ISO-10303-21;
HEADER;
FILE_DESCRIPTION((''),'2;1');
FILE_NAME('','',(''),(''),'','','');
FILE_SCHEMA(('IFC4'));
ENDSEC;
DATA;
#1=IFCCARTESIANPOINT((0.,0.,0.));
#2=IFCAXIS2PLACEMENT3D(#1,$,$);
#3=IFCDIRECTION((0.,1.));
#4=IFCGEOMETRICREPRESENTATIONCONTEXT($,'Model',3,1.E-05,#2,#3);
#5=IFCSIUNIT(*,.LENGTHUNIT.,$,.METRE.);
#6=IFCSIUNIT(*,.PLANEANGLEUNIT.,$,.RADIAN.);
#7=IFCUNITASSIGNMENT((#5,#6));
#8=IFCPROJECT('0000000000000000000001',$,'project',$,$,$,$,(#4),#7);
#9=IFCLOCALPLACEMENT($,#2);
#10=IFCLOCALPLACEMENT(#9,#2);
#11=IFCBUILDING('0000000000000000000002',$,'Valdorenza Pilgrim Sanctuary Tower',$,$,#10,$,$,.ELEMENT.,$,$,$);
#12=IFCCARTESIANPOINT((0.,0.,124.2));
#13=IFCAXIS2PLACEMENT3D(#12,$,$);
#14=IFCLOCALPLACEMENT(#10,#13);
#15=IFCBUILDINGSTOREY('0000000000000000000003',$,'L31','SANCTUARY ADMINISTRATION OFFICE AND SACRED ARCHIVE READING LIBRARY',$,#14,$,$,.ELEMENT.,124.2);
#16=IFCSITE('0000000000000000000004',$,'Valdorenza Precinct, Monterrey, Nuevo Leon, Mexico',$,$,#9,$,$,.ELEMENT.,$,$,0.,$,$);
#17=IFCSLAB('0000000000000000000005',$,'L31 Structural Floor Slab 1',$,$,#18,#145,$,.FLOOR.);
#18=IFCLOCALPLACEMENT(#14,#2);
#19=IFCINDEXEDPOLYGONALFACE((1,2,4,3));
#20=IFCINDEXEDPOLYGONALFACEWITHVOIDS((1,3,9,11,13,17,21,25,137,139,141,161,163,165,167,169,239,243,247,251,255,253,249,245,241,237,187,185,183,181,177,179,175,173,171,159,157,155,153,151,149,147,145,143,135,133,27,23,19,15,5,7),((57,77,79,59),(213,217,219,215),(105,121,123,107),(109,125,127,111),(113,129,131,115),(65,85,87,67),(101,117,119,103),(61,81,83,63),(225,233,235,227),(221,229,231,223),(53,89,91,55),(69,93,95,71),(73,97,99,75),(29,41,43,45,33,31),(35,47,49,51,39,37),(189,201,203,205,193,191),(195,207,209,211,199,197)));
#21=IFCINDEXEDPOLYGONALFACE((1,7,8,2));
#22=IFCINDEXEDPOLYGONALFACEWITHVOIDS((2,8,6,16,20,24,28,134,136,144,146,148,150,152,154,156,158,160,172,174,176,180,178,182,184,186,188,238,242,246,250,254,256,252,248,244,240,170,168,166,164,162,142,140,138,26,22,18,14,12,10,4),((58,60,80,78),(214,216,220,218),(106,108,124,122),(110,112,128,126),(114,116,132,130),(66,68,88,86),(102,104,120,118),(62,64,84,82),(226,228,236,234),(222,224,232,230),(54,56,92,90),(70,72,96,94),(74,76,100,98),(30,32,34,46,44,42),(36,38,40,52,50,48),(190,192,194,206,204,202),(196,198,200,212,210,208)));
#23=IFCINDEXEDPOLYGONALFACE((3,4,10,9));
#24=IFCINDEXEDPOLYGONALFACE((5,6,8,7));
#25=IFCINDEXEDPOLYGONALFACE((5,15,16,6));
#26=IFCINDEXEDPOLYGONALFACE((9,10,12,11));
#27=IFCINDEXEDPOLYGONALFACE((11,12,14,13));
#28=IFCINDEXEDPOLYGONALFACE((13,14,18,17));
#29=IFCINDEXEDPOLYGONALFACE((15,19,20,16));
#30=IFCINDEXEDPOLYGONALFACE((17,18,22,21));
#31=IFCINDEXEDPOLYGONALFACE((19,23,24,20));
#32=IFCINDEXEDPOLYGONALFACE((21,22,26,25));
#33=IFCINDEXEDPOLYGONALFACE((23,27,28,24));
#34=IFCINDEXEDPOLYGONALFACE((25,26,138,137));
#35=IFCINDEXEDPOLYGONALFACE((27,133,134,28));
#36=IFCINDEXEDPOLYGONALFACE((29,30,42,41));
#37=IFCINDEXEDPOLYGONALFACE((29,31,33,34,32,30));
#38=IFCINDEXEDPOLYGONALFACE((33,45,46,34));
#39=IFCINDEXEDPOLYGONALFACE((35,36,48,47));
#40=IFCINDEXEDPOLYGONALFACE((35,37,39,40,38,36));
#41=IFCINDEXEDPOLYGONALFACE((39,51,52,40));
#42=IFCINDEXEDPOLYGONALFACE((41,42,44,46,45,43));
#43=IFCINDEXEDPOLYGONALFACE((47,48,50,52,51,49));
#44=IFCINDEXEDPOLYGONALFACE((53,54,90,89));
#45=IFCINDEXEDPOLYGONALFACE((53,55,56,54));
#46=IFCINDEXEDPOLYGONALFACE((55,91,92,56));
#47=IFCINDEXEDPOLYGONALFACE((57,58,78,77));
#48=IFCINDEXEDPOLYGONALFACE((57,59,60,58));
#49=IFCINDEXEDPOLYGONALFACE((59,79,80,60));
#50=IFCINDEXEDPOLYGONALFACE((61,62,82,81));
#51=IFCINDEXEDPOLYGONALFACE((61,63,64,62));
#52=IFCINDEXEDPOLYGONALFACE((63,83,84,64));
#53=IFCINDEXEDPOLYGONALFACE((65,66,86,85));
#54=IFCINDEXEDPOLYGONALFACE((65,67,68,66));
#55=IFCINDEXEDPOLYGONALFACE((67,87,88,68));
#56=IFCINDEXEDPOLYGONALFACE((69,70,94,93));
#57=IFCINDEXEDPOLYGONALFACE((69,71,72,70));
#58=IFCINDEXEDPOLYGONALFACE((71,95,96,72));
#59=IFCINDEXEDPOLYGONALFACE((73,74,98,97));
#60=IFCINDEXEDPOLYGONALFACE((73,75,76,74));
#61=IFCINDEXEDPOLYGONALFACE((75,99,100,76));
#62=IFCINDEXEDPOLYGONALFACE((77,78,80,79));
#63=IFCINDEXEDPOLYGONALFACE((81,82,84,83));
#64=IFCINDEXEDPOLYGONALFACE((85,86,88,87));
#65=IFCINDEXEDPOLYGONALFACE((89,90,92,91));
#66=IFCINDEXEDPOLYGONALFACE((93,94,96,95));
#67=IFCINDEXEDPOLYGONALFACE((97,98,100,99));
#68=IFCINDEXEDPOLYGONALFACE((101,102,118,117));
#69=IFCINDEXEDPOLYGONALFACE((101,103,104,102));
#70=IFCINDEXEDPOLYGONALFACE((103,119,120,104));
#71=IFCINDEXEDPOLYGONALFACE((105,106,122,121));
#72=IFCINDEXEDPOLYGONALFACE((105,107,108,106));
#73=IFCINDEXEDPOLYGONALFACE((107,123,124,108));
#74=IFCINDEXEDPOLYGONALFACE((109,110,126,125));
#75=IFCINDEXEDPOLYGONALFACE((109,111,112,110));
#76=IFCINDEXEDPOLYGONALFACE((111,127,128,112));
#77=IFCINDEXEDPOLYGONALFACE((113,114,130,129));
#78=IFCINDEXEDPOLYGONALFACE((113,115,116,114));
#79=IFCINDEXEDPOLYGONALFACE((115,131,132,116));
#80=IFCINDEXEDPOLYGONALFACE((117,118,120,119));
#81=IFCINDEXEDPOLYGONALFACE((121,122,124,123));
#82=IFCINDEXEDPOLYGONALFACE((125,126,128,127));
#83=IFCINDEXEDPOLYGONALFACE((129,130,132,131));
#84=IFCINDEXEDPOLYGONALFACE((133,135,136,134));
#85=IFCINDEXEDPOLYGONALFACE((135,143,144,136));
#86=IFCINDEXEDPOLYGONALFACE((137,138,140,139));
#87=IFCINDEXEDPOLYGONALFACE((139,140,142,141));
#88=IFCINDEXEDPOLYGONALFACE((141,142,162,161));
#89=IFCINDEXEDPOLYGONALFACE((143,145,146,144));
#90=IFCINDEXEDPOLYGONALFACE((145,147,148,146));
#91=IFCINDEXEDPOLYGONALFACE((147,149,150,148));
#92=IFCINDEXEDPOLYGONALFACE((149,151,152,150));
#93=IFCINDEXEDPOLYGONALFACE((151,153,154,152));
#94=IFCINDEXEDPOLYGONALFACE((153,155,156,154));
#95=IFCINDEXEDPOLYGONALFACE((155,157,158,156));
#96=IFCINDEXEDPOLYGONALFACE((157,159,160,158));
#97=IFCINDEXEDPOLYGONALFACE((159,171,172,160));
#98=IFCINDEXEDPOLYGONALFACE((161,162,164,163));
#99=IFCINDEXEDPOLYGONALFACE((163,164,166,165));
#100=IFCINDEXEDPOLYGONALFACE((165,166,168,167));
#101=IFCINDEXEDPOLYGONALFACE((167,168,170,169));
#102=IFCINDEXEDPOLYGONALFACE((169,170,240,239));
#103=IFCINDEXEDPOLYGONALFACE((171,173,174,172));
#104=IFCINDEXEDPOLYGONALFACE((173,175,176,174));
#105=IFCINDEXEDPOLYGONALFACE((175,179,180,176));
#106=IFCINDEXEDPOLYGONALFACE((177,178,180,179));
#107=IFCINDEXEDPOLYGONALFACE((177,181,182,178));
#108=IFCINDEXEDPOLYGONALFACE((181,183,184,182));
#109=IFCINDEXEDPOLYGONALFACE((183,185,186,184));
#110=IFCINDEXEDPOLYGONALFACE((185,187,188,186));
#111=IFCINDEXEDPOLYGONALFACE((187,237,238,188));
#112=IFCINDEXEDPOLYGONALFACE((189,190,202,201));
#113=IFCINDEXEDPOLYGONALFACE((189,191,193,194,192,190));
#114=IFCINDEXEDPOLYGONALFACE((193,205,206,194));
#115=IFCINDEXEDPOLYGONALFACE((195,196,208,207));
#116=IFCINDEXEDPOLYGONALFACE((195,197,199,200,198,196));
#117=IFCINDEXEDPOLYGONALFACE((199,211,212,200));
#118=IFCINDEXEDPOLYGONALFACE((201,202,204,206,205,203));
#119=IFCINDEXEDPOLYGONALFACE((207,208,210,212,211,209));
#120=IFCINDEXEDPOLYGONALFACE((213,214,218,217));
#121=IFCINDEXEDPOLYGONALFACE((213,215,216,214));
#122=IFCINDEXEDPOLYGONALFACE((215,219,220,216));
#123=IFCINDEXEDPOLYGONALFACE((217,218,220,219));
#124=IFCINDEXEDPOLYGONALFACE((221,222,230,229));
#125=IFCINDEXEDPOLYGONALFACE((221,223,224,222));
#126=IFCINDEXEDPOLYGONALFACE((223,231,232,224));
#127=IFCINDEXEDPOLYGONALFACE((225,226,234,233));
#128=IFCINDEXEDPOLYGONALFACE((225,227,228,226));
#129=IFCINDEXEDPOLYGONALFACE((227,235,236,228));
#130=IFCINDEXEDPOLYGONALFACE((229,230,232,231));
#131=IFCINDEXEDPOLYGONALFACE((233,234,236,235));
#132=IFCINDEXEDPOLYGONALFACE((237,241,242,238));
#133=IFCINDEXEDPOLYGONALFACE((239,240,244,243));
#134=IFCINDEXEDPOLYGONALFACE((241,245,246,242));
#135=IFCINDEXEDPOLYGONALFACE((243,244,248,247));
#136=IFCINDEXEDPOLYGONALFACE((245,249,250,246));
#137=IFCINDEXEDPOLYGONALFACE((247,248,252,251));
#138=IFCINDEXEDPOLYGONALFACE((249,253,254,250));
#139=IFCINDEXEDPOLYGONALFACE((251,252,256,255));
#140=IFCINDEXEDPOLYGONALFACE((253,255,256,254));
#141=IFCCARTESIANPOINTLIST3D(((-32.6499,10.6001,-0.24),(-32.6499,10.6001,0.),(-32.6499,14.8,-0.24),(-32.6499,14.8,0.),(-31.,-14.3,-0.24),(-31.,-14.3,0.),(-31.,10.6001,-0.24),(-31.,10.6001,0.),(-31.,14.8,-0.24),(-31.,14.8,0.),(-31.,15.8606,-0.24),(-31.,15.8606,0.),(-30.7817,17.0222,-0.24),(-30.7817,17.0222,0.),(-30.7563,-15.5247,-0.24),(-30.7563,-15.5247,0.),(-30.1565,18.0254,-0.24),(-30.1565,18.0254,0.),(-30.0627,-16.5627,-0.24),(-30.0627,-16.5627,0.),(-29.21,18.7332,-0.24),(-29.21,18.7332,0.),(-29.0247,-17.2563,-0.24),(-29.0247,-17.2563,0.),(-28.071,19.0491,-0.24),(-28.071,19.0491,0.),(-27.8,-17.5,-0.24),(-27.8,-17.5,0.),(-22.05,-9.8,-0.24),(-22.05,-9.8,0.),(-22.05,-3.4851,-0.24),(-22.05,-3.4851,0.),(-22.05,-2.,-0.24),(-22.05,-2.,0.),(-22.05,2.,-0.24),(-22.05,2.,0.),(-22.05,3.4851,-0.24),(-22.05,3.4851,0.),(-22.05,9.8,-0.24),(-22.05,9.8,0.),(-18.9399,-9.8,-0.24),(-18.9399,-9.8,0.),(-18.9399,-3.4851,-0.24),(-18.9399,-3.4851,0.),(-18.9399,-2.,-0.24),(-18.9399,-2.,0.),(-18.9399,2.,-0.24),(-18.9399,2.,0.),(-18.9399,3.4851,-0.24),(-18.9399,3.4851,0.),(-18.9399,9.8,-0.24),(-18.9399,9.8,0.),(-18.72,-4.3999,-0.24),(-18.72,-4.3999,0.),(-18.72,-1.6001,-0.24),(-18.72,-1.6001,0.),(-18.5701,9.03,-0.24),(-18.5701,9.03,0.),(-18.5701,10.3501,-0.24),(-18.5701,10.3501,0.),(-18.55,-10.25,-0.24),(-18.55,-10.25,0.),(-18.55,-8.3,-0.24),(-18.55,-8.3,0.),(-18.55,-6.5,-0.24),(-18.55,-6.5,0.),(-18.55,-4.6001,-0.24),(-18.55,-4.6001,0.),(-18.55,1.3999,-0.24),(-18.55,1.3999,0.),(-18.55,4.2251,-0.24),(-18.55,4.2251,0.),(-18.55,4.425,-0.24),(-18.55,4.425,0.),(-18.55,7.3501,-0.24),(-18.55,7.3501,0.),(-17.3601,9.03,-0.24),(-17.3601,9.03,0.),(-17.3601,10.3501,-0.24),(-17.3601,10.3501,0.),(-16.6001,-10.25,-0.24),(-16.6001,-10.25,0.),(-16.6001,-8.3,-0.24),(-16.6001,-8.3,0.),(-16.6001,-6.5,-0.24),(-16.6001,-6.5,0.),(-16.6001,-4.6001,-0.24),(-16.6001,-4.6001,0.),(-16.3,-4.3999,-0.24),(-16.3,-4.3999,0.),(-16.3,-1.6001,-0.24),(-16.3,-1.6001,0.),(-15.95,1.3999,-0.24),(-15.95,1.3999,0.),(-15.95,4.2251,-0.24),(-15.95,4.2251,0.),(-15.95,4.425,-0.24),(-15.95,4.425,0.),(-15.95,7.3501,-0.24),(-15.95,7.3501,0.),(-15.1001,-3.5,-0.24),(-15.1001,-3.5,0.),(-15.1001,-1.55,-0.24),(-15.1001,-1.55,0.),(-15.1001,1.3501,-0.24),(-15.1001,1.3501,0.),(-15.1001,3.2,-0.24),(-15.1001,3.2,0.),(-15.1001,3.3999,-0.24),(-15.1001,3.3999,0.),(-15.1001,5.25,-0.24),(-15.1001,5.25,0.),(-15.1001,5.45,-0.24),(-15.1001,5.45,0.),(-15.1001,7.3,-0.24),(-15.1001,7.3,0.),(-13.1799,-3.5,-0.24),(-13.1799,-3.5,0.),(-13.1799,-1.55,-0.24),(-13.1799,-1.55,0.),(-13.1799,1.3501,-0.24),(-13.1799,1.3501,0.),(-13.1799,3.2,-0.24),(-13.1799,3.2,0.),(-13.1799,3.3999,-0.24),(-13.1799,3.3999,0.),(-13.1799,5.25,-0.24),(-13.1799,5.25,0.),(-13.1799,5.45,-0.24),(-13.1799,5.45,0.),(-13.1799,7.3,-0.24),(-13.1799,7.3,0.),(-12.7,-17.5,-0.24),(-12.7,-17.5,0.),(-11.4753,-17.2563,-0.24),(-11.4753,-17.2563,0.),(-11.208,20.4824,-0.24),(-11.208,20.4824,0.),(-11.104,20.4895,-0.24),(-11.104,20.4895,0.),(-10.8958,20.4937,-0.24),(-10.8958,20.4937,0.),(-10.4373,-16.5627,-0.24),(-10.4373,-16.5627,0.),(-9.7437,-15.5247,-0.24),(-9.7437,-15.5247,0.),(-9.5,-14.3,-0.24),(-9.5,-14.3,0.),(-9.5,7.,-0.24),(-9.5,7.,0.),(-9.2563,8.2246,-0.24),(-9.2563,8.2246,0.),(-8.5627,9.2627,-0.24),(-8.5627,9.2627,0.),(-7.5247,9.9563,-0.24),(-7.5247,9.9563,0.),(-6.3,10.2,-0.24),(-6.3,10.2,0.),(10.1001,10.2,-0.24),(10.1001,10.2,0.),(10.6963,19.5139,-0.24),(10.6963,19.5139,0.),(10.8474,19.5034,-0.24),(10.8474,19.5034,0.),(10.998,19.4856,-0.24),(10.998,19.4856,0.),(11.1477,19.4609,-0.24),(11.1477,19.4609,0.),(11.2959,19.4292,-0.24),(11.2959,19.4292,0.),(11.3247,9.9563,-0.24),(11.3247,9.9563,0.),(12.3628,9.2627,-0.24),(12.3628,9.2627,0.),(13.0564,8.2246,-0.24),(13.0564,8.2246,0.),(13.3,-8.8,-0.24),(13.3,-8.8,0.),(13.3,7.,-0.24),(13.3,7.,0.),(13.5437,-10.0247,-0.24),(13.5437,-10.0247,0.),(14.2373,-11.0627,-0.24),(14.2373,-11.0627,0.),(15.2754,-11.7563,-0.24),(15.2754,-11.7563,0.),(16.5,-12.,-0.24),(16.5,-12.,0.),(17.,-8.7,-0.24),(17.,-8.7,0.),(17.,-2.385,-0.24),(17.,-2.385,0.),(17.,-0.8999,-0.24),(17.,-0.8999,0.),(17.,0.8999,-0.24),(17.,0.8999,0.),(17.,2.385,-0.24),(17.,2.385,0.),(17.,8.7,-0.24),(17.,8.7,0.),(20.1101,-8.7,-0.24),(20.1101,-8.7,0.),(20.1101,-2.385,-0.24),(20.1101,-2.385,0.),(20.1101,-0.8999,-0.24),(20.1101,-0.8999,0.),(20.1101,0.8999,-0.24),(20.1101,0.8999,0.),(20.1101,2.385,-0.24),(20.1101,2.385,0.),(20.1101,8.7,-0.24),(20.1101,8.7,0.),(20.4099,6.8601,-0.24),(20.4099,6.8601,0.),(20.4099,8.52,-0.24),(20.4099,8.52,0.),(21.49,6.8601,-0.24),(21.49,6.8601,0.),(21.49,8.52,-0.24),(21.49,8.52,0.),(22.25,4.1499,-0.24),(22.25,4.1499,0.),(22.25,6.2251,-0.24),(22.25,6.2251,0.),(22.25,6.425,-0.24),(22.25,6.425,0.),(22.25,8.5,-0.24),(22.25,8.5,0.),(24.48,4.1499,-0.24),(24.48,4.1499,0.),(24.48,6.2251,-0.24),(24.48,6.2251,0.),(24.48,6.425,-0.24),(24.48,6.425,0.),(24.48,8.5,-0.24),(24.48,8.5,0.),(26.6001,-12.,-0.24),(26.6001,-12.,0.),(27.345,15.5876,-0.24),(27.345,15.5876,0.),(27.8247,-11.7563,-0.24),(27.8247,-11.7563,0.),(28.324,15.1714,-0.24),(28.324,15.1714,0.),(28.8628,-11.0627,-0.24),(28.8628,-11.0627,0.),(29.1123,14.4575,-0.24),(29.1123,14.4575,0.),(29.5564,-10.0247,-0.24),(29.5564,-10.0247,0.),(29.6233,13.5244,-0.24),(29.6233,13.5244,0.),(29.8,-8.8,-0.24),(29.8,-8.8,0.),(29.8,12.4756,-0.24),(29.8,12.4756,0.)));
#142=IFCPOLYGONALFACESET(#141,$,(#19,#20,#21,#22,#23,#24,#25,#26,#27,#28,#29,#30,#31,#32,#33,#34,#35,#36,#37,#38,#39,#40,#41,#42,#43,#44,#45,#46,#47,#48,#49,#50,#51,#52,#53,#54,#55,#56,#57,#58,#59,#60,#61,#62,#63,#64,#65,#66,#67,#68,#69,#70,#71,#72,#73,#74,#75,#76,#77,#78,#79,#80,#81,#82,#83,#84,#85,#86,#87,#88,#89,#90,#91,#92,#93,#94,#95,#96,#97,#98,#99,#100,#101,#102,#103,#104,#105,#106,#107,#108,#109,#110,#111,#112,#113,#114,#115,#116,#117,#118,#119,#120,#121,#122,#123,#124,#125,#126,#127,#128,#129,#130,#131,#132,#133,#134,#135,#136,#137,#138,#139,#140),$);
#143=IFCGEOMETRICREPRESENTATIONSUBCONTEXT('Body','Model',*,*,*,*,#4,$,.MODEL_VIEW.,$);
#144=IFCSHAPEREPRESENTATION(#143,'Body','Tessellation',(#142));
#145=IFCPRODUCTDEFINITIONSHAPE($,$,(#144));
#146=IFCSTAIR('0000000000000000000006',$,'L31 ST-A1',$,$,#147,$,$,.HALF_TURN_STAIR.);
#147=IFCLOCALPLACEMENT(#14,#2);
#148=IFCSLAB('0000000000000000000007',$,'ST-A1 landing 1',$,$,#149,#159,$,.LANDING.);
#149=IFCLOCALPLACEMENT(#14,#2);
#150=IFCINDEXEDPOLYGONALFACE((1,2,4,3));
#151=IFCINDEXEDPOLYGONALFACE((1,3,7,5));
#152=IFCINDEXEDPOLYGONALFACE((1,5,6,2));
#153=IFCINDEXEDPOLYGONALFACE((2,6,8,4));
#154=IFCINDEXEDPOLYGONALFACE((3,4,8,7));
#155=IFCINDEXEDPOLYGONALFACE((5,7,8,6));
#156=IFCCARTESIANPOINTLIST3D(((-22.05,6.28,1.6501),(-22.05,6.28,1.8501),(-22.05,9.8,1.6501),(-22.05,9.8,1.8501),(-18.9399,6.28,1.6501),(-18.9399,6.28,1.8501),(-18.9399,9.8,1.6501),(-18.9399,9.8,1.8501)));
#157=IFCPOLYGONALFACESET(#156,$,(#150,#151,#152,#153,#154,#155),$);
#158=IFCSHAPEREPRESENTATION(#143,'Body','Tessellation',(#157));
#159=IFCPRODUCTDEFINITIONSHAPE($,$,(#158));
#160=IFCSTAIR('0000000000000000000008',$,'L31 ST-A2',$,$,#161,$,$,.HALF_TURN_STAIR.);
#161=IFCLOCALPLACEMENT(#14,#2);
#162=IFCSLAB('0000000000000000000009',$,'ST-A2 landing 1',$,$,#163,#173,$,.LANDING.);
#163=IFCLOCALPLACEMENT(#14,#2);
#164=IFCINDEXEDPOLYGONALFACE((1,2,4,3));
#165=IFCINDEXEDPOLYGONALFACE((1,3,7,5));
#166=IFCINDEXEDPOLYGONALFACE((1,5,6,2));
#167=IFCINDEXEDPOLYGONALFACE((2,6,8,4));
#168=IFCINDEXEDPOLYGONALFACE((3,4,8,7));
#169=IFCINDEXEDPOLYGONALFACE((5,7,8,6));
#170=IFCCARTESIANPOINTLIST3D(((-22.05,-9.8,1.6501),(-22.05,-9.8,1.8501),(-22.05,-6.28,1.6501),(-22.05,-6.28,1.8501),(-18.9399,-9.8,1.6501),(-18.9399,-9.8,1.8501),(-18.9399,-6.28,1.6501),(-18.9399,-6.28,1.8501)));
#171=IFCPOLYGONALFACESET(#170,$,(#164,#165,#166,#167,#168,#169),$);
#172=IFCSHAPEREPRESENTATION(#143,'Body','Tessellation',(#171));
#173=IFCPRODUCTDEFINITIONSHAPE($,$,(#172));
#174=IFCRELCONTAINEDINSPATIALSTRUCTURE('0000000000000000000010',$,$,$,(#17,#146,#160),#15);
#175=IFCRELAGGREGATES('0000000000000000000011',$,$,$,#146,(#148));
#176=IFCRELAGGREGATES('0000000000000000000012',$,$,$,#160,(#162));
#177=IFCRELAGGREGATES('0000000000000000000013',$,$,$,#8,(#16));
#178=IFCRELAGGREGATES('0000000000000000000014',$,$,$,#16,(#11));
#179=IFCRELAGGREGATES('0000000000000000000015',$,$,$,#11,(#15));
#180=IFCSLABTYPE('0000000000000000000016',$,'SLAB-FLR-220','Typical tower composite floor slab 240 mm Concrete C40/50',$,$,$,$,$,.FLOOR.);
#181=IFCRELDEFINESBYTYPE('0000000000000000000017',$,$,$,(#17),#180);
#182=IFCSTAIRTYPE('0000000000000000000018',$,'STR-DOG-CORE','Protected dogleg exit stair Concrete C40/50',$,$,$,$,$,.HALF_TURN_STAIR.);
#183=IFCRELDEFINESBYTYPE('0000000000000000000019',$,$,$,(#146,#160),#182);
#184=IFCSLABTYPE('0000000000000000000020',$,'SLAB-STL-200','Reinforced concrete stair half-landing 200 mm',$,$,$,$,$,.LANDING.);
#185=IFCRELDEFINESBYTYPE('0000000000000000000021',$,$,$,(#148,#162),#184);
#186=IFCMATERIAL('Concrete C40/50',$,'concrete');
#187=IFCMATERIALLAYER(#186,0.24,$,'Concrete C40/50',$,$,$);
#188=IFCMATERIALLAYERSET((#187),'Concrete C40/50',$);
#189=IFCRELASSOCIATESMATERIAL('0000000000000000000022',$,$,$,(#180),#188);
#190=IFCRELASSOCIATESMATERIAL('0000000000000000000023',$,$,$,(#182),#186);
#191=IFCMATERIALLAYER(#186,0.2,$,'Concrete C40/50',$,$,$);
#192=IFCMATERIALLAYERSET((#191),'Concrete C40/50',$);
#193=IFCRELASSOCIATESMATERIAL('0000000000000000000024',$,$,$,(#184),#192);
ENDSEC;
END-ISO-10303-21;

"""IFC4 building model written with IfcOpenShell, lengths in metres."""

from ifc_helpers import new_model, si_unit, direction, frame, origin, place, context, subcontext, project, spatial, polyline, outline, extrude, material, layer, layer_set, type_object, element, aggregate, save


model = new_model("IFC4")

# Units and contexts
model_context = context("Model", 3, precision=1e-05, world=origin(), true_north=direction((0.0, 1.0)))
body_context = subcontext(model_context, "Body", "Model", "MODEL_VIEW")
ifc_project = project(units=[si_unit("LENGTHUNIT", "METRE"), si_unit("PLANEANGLEUNIT", "RADIAN")], contexts=[model_context])

# Site, building, storey
site_placement = place(None, origin())
site = spatial("IfcSite", under=ifc_project, at=site_placement, Name="Valdorenza Precinct, Monterrey, Nuevo Leon, Mexico", CompositionType="ELEMENT", RefElevation=0.0)
building_placement = place(site_placement, origin())
building = spatial("IfcBuilding", under=site, at=building_placement, Name="Valdorenza Pilgrim Sanctuary Tower", CompositionType="ELEMENT")
storey_placement = place(building_placement, frame((0.0, 0.0, 124.2)))
storey = spatial("IfcBuildingStorey", under=building, at=storey_placement, Name="L31", Description="SANCTUARY ADMINISTRATION OFFICE AND SACRED ARCHIVE READING LIBRARY", CompositionType="ELEMENT", Elevation=124.2)

# Slab
ifc_material_1 = material(Name="Concrete C40/50", Category="concrete")
ifc_layer_1 = layer(ifc_material_1, 0.24, Name="Concrete C40/50")
ifc_layer_set_1 = layer_set([ifc_layer_1], Name="Concrete C40/50")
slab_type_1 = type_object("IfcSlabType", Name="SLAB-FLR-220", Description="Typical tower composite floor slab 240 mm Concrete C40/50", PredefinedType="FLOOR", material=ifc_layer_set_1)
slab_1_placement = place(storey_placement, frame((0.0, 0.0, -0.24)))
element("IfcSlab", 1, at=slab_1_placement, inside=storey, type_object=slab_type_1, Name="L31 Structural Floor Slab 1", PredefinedType="FLOOR", context=body_context, shape_type="SweptSolid", body=[
    extrude(outline(polyline([(-30.7817, 17.0222), (-30.1565, 18.0254), (-29.21, 18.7332), (-28.071, 19.0491), (-11.208, 20.4824), (-11.104, 20.4895), (-10.8958, 20.4937), (10.6963, 19.5139), (10.8474, 19.5034), (10.998, 19.4856), (11.1477, 19.4609), (11.2959, 19.4292), (27.345, 15.5876), (28.324, 15.1714), (29.1123, 14.4575), (29.6233, 13.5244), (29.8, 12.4756), (29.8, -8.8), (29.5564, -10.0247), (28.8628, -11.0627), (27.8247, -11.7563), (26.6001, -12.0), (16.5, -12.0), (15.2754, -11.7563), (14.2373, -11.0627), (13.5437, -10.0247), (13.3, -8.8), (13.3, 7.0), (13.0564, 8.2246), (12.3628, 9.2627), (11.3247, 9.9563), (10.1001, 10.2), (-6.3, 10.2), (-7.5247, 9.9563), (-8.5627, 9.2627), (-9.2563, 8.2246), (-9.5, 7.0), (-9.5, -14.3), (-9.7437, -15.5247), (-10.4373, -16.5627), (-11.4753, -17.2563), (-12.7, -17.5), (-27.8, -17.5), (-29.0247, -17.2563), (-30.0627, -16.5627), (-30.7563, -15.5247), (-31.0, -14.3), (-31.0, 10.6001), (-32.6499, 10.6001), (-32.6499, 14.8), (-31.0, 14.8), (-31.0, 15.8606), (-30.7817, 17.0222)]), holes=[polyline([(-16.6001, -10.25), (-16.6001, -8.3), (-18.55, -8.3), (-18.55, -10.25), (-16.6001, -10.25)]), polyline([(-22.05, -9.8), (-18.9399, -9.8), (-18.9399, -3.4851), (-18.9399, -2.0), (-22.05, -2.0), (-22.05, -3.4851), (-22.05, -9.8)]), polyline([(-16.6001, -6.5), (-16.6001, -4.6001), (-18.55, -4.6001), (-18.55, -6.5), (-16.6001, -6.5)]), polyline([(-18.72, -4.3999), (-16.3, -4.3999), (-16.3, -1.6001), (-18.72, -1.6001), (-18.72, -4.3999)]), polyline([(-13.1799, 1.3501), (-13.1799, 3.2), (-15.1001, 3.2), (-15.1001, 1.3501), (-13.1799, 1.3501)]), polyline([(-22.05, 2.0), (-18.9399, 2.0), (-18.9399, 3.4851), (-18.9399, 9.8), (-22.05, 9.8), (-22.05, 3.4851), (-22.05, 2.0)]), polyline([(-15.95, 1.3999), (-15.95, 4.2251), (-18.55, 4.2251), (-18.55, 1.3999), (-15.95, 1.3999)]), polyline([(-18.55, 4.425), (-15.95, 4.425), (-15.95, 7.3501), (-18.55, 7.3501), (-18.55, 4.425)]), polyline([(-17.3601, 9.03), (-17.3601, 10.3501), (-18.5701, 10.3501), (-18.5701, 9.03), (-17.3601, 9.03)]), polyline([(17.0, -8.7), (20.1101, -8.7), (20.1101, -2.385), (20.1101, -0.8999), (17.0, -0.8999), (17.0, -2.385), (17.0, -8.7)]), polyline([(-13.1799, -3.5), (-13.1799, -1.55), (-15.1001, -1.55), (-15.1001, -3.5), (-13.1799, -3.5)]), polyline([(17.0, 0.8999), (20.1101, 0.8999), (20.1101, 2.385), (20.1101, 8.7), (17.0, 8.7), (17.0, 2.385), (17.0, 0.8999)]), polyline([(-13.1799, 3.3999), (-13.1799, 5.25), (-15.1001, 5.25), (-15.1001, 3.3999), (-13.1799, 3.3999)]), polyline([(22.25, 4.1499), (24.48, 4.1499), (24.48, 6.2251), (22.25, 6.2251), (22.25, 4.1499)]), polyline([(-13.1799, 5.45), (-13.1799, 7.3), (-15.1001, 7.3), (-15.1001, 5.45), (-13.1799, 5.45)]), polyline([(22.25, 6.425), (24.48, 6.425), (24.48, 8.5), (22.25, 8.5), (22.25, 6.425)]), polyline([(20.4099, 6.8601), (21.49, 6.8601), (21.49, 8.52), (20.4099, 8.52), (20.4099, 6.8601)])]), origin(), (0.0, 0.0, 1.0), 0.24),
])

# Stairs, slabs
stair_type = type_object("IfcStairType", Name="STR-DOG-CORE", Description="Protected dogleg exit stair Concrete C40/50", PredefinedType="HALF_TURN_STAIR", material=ifc_material_1)
stair_1_placement = place(storey_placement, origin())
stair_1 = element("IfcStair", 2, at=stair_1_placement, inside=storey, type_object=stair_type, Name="L31 ST-A1", PredefinedType="HALF_TURN_STAIR")
ifc_layer_2 = layer(ifc_material_1, 0.2, Name="Concrete C40/50")
ifc_layer_set_2 = layer_set([ifc_layer_2], Name="Concrete C40/50")
slab_type_2 = type_object("IfcSlabType", Name="SLAB-STL-200", Description="Reinforced concrete stair half-landing 200 mm", PredefinedType="LANDING", material=ifc_layer_set_2)
slab_2_placement = place(storey_placement, frame((0.0, 0.0, 1.6501)))
slab_2 = element("IfcSlab", 3, at=slab_2_placement, type_object=slab_type_2, Name="ST-A1 landing 1", PredefinedType="LANDING", context=body_context, shape_type="SweptSolid", body=[
    extrude(outline(polyline([(-18.9399, 6.28), (-18.9399, 9.8), (-22.05, 9.8), (-22.05, 6.28), (-18.9399, 6.28)])), origin(), (0.0, 0.0, 1.0), 0.2),
])
aggregate(stair_1, [slab_2])
stair_2_placement = place(storey_placement, origin())
stair_2 = element("IfcStair", 4, at=stair_2_placement, inside=storey, type_object=stair_type, Name="L31 ST-A2", PredefinedType="HALF_TURN_STAIR")
slab_3_placement = place(storey_placement, frame((0.0, 0.0, 1.6501)))
slab_3 = element("IfcSlab", 5, at=slab_3_placement, type_object=slab_type_2, Name="ST-A2 landing 1", PredefinedType="LANDING", context=body_context, shape_type="SweptSolid", body=[
    extrude(outline(polyline([(-22.05, -6.28), (-22.05, -9.8), (-18.9399, -9.8), (-18.9399, -6.28), (-22.05, -6.28)])), origin(), (0.0, 0.0, 1.0), 0.2),
])
aggregate(stair_2, [slab_3])

save(model, "model.ifc")
